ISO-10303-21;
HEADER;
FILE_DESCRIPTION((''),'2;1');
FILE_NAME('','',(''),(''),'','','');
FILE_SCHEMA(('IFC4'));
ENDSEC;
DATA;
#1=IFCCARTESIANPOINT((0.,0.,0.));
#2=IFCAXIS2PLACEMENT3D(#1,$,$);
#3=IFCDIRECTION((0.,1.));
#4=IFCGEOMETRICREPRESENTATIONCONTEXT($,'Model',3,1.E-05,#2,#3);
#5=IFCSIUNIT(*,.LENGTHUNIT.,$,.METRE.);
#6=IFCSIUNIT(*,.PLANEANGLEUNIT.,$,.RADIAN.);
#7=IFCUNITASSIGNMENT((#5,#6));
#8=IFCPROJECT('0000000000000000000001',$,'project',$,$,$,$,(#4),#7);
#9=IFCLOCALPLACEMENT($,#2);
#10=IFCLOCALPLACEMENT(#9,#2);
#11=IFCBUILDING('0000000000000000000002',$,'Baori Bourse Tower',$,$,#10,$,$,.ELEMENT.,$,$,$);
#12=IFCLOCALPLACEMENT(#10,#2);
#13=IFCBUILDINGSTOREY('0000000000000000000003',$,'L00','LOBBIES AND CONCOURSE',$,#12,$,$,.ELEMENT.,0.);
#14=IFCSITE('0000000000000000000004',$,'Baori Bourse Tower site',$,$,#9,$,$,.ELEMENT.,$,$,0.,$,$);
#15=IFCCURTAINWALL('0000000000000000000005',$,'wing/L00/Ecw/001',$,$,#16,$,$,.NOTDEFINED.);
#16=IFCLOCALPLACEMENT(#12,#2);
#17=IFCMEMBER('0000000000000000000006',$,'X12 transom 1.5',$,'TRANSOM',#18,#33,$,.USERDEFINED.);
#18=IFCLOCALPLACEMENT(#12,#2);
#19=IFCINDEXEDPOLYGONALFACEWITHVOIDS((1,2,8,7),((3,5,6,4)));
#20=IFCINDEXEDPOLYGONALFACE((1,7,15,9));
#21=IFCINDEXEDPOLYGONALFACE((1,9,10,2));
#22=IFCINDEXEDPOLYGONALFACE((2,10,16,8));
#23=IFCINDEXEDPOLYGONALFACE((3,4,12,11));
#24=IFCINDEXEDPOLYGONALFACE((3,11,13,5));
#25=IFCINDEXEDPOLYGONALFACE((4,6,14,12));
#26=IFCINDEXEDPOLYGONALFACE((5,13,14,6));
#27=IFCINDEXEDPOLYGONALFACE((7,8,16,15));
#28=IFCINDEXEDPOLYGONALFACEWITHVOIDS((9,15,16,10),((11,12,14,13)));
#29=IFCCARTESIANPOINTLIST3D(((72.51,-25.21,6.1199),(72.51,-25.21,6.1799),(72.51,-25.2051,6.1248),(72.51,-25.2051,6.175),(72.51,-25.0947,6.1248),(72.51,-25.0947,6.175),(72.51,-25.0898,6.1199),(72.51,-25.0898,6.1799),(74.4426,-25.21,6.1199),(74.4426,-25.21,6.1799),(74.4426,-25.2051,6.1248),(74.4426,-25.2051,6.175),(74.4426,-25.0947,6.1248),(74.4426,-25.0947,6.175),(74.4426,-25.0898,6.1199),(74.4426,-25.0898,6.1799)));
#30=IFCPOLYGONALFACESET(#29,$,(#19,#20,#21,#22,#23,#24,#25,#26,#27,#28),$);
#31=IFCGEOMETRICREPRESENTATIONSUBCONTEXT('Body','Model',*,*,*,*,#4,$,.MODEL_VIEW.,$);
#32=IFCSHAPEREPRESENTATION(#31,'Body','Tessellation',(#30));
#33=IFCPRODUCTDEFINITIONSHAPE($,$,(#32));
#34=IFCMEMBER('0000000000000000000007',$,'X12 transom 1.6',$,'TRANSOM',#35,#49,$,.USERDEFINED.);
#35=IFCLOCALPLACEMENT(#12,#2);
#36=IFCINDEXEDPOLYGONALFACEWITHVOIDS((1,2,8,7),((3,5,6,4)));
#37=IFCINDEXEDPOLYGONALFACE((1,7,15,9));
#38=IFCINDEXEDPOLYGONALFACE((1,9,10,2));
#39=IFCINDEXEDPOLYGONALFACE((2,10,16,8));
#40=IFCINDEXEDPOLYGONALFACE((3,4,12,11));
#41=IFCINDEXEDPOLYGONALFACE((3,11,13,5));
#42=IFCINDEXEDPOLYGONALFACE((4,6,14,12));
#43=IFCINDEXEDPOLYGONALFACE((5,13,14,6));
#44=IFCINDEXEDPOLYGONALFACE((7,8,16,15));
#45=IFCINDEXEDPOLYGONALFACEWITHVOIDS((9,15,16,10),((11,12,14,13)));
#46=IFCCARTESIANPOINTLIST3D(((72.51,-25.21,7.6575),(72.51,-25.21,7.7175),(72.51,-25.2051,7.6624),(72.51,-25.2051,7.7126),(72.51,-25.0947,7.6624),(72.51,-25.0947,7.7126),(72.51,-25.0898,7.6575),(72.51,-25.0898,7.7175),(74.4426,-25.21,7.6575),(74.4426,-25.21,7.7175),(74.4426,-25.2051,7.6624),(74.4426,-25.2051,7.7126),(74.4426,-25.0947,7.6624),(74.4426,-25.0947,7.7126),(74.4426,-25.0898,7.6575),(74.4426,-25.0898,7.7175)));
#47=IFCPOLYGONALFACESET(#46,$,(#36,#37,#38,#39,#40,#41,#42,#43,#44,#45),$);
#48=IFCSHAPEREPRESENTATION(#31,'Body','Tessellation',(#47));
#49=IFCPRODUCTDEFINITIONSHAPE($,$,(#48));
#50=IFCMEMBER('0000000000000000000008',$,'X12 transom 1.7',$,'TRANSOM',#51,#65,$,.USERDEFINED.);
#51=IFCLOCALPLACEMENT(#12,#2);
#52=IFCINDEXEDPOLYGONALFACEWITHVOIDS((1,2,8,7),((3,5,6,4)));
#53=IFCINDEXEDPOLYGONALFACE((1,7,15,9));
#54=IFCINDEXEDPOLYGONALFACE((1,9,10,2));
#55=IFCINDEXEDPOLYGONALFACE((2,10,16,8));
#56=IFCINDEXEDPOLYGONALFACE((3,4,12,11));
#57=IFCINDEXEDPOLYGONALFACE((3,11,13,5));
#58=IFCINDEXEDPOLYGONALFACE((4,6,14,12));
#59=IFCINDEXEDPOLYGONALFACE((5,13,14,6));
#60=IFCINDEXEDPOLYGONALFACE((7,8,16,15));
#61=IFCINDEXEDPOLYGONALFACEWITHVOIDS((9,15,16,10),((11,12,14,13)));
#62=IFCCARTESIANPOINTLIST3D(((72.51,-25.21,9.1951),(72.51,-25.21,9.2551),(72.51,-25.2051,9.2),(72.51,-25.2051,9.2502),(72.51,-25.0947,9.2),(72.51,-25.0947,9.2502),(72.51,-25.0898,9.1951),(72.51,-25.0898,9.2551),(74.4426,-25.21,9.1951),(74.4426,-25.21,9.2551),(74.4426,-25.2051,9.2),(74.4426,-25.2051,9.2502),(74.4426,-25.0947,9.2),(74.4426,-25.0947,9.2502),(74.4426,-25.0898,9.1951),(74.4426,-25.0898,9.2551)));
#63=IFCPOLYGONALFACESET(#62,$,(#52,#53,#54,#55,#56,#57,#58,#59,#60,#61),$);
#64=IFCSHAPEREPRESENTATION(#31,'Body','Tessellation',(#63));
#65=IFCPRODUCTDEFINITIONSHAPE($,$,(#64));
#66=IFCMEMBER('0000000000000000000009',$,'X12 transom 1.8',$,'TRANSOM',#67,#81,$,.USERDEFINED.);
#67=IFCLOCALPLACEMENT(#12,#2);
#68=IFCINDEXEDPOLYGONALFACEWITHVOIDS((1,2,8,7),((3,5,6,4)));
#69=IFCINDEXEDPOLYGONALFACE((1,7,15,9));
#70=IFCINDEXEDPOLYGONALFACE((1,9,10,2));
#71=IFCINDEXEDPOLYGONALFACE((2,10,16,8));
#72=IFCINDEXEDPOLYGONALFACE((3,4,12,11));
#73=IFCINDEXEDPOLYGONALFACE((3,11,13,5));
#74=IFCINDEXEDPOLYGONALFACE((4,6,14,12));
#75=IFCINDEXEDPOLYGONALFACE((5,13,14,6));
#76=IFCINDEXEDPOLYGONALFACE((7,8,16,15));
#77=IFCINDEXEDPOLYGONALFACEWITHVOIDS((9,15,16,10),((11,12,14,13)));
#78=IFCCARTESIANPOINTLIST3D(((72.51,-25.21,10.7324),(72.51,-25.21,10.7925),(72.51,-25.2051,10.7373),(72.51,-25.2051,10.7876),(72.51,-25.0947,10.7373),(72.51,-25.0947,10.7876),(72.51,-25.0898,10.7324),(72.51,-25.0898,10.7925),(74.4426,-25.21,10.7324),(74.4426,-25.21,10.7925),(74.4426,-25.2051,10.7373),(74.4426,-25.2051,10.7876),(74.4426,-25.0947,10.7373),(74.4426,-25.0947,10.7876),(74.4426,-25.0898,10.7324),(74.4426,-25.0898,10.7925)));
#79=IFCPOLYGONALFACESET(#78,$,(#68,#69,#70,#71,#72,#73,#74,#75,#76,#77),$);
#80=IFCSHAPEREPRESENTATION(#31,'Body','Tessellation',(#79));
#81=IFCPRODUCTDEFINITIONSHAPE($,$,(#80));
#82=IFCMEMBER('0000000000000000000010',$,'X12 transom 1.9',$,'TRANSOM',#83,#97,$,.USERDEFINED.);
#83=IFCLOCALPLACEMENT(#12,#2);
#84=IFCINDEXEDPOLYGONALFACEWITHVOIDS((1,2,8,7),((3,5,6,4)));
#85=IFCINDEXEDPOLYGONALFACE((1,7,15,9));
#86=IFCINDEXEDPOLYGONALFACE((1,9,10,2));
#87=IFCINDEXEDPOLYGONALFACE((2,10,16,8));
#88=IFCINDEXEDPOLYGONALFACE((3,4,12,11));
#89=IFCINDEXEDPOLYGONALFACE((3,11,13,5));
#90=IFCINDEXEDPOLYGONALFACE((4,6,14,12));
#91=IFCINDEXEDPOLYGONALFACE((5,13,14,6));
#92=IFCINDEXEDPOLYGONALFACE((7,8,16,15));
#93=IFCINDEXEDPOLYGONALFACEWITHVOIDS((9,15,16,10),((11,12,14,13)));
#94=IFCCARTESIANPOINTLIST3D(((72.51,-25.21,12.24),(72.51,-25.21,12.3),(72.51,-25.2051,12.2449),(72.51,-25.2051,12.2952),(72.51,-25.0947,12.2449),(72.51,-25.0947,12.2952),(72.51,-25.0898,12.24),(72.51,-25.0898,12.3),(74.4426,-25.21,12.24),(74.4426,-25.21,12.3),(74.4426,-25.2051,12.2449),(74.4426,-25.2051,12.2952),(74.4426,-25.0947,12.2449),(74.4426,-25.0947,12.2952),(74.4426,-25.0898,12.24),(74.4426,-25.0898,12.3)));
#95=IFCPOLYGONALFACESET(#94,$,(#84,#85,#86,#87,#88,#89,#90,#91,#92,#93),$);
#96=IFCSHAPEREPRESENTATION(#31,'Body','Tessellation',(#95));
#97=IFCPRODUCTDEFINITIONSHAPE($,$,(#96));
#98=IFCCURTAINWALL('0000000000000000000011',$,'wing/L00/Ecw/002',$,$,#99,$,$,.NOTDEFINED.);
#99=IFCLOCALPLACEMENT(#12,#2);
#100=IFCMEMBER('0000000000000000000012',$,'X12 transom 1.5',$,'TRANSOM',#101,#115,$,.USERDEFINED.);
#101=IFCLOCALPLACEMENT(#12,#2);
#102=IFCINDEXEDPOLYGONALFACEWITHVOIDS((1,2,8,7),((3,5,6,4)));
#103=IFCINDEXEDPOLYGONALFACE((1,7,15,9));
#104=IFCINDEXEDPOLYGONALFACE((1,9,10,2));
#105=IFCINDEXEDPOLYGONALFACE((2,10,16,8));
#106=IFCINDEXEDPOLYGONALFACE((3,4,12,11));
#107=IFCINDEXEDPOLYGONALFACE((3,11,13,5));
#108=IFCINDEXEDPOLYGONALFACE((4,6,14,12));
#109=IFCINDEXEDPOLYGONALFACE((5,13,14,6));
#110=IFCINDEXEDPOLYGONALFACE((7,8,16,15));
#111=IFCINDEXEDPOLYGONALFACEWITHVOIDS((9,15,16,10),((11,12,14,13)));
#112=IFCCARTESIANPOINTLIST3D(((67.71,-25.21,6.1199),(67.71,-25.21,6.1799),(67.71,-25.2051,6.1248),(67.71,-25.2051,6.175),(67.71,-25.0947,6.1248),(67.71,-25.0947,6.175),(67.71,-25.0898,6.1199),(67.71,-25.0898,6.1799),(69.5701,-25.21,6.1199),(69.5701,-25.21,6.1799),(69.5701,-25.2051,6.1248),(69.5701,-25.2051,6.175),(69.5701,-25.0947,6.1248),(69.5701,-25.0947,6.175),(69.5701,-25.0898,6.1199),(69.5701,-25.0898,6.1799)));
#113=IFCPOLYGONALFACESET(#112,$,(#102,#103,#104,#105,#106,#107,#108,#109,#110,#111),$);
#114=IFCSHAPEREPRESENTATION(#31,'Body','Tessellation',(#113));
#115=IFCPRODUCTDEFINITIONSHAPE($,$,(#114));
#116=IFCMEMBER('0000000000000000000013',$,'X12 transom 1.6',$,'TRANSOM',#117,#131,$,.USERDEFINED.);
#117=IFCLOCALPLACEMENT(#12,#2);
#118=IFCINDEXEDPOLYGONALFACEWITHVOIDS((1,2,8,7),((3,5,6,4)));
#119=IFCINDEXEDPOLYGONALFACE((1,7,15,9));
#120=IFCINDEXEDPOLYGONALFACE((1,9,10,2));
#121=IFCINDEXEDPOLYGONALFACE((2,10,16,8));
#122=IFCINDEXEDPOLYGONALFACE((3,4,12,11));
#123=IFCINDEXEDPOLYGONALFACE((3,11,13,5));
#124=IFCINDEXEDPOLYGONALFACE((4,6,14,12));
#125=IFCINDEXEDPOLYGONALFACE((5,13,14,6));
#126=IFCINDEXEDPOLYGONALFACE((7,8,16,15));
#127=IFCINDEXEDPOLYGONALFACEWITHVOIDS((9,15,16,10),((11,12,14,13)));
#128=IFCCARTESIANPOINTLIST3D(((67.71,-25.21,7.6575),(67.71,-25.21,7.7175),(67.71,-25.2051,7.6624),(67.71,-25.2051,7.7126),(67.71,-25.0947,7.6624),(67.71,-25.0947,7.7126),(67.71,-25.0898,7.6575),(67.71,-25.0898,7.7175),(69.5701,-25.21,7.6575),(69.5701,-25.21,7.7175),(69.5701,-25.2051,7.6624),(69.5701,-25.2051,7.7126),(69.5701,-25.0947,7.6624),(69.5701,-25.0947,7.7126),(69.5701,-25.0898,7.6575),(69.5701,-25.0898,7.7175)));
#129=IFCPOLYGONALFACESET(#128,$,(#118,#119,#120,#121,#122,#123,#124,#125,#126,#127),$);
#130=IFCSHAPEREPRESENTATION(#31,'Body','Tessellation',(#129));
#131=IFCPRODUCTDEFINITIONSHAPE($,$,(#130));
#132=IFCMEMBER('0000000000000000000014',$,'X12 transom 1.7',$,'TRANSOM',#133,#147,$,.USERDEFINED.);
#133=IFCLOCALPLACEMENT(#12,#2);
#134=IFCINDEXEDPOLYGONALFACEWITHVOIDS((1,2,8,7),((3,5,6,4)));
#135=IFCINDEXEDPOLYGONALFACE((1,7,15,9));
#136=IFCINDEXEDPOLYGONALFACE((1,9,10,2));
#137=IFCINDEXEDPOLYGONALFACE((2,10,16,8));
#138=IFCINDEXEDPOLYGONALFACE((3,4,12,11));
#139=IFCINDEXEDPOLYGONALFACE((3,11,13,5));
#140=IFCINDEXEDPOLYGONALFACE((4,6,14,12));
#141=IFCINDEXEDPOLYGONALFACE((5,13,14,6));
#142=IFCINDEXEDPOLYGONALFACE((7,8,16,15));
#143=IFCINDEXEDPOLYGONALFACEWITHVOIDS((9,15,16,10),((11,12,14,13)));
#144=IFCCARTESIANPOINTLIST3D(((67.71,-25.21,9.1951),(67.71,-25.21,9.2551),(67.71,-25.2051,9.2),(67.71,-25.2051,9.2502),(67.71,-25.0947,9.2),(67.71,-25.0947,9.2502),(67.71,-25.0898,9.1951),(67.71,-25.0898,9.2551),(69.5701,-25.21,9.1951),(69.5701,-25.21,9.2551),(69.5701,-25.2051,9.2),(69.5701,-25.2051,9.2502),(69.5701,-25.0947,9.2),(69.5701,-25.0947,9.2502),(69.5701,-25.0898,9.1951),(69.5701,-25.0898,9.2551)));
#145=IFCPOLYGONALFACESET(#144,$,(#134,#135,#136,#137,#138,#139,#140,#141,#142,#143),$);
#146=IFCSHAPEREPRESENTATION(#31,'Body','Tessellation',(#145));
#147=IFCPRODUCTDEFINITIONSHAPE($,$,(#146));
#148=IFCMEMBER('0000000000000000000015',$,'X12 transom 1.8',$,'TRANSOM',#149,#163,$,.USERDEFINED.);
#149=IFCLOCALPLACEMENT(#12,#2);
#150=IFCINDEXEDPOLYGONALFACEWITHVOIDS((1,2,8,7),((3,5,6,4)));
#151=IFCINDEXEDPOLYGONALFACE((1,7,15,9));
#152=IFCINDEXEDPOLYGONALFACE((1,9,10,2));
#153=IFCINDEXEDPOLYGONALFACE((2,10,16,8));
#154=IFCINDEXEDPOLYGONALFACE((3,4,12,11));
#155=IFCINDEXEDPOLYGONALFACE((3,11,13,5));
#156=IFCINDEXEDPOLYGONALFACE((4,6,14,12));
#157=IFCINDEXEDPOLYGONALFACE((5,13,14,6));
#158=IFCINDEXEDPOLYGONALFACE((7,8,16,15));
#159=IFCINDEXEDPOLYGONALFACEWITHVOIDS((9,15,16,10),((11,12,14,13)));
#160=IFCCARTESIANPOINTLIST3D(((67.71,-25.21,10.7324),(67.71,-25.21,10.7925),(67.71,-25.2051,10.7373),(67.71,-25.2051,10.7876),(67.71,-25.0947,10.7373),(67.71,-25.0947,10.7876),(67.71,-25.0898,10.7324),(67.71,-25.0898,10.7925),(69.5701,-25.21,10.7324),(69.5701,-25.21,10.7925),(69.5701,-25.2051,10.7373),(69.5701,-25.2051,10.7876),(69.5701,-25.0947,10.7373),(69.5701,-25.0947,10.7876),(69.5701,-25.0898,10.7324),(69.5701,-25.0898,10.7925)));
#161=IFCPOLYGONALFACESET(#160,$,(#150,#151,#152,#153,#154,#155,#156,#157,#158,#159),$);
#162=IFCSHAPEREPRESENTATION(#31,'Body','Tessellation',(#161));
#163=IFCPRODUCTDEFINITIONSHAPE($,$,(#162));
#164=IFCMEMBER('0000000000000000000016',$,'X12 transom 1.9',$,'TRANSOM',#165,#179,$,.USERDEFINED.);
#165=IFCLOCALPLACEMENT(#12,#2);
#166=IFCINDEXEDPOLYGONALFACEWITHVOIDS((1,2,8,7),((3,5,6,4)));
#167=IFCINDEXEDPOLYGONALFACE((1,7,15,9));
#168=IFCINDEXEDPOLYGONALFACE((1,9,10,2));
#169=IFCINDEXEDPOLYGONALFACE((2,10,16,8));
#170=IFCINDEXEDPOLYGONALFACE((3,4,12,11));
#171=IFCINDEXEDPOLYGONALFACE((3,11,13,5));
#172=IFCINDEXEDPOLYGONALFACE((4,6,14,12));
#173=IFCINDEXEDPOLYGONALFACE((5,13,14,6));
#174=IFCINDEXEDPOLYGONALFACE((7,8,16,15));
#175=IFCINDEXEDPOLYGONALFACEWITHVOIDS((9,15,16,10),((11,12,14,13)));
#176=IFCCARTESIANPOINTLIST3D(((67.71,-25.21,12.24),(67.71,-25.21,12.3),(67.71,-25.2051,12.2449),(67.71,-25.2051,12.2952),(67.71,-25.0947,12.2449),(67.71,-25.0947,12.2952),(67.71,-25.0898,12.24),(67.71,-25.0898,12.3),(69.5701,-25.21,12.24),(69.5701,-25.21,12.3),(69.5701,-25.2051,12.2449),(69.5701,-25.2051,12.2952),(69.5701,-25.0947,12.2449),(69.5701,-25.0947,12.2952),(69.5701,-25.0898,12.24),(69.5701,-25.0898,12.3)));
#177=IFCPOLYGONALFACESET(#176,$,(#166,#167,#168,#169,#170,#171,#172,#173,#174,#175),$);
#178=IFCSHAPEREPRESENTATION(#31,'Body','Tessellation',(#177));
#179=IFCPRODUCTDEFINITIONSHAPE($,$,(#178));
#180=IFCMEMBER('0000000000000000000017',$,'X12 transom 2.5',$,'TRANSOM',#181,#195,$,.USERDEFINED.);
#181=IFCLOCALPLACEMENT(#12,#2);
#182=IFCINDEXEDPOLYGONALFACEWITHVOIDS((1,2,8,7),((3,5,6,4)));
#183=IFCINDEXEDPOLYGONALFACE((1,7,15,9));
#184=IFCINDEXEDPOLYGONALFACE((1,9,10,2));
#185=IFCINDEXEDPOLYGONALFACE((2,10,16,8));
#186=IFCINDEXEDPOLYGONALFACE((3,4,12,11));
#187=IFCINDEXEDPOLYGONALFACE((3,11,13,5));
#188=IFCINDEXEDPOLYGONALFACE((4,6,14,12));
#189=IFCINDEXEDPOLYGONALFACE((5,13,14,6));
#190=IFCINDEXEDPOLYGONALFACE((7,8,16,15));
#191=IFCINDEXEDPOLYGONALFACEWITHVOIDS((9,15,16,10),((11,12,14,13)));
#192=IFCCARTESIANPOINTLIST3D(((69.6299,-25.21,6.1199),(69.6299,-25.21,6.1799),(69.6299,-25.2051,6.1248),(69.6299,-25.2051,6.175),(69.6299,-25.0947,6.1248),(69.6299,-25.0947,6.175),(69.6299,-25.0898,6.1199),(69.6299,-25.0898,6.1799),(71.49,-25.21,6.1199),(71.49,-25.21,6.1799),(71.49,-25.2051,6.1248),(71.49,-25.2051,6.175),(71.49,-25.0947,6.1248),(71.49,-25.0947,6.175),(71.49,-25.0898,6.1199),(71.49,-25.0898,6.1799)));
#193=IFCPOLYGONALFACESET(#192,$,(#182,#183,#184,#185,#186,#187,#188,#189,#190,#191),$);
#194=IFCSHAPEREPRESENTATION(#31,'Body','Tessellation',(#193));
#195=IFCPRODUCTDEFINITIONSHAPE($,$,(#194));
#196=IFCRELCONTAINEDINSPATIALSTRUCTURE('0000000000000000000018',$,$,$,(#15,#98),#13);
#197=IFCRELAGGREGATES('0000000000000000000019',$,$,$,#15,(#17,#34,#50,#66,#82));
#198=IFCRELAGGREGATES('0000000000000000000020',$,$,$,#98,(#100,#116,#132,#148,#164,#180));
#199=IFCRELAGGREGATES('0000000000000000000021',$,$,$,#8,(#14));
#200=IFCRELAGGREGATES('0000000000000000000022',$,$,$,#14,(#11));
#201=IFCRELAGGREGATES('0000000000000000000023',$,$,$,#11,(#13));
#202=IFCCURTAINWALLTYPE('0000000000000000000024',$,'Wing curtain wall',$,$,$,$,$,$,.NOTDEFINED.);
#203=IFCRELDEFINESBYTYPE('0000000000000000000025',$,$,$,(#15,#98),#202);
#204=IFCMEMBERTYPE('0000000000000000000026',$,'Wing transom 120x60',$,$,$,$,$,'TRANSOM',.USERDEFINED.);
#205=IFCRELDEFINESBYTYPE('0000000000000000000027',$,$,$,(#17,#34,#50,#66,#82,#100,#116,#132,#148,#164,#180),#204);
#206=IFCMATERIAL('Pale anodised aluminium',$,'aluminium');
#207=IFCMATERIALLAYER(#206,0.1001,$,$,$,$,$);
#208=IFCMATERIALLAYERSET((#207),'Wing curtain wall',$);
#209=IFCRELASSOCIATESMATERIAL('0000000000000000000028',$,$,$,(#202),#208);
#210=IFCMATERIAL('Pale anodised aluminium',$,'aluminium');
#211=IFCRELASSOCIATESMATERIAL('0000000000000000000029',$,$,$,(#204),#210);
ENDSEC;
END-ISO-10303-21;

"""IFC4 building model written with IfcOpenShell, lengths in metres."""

from ifc_helpers import new_model, si_unit, direction, frame, origin, origin_2d, place, context, subcontext, project, spatial, hollow_rectangle, extrude, material, layer, layer_set, material_profile, profile_set, type_object, element, aggregate, save


model = new_model("IFC4")

# Units and contexts
model_context = context("Model", 3, precision=1e-05, world=origin(), true_north=direction((0.0, 1.0)))
body_context = subcontext(model_context, "Body", "Model", "MODEL_VIEW")
ifc_project = project(units=[si_unit("LENGTHUNIT", "METRE"), si_unit("PLANEANGLEUNIT", "RADIAN")], contexts=[model_context])

# Site, building, storey
site_placement = place(None, origin())
site = spatial("IfcSite", under=ifc_project, at=site_placement, Name="Baori Bourse Tower site", CompositionType="ELEMENT", RefElevation=0.0)
building_placement = place(site_placement, origin())
building = spatial("IfcBuilding", under=site, at=building_placement, Name="Baori Bourse Tower", CompositionType="ELEMENT")
storey_placement = place(building_placement, origin())
storey = spatial("IfcBuildingStorey", under=building, at=storey_placement, Name="L00", Description="LOBBIES AND CONCOURSE", CompositionType="ELEMENT", Elevation=0.0)

# Curtain walls, members
ifc_material_1 = material(Name="Pale anodised aluminium", Category="aluminium")
ifc_layer_1 = layer(ifc_material_1, 0.1001)
ifc_layer_set_1 = layer_set([ifc_layer_1], Name="Wing curtain wall")
curtain_wall_type = type_object("IfcCurtainWallType", Name="Wing curtain wall", PredefinedType="NOTDEFINED", material=ifc_layer_set_1)
curtain_wall_1_placement = place(storey_placement, origin())
curtain_wall_1 = element("IfcCurtainWall", 1, at=curtain_wall_1_placement, inside=storey, type_object=curtain_wall_type, Name="wing/L00/Ecw/001", PredefinedType="NOTDEFINED")
ifc_material_2 = material(Name="Pale anodised aluminium", Category="aluminium")
ifc_material_profile = material_profile(ifc_material_2, hollow_rectangle(XDim=0.1201, YDim=0.0601, WallThickness=0.0049, at=origin_2d()), Name="Transom 120x60x5")
ifc_profile_set = profile_set([ifc_material_profile], Name="Pale anodised aluminium")
member_type = type_object("IfcMemberType", Name="Wing transom 120x60", ElementType="TRANSOM", PredefinedType="USERDEFINED", material=ifc_profile_set)
member_1_placement = place(storey_placement, frame((72.51, -25.1499, 6.1499), z_axis=(1.0, 0.0, 0.0), x_axis=(0.0, 1.0, 0.0)))
member_1 = element("IfcMember", 2, at=member_1_placement, type_object=member_type, Name="X12 transom 1.5", ObjectType="TRANSOM", PredefinedType="USERDEFINED", context=body_context, shape_type="SweptSolid", body=[
    extrude(hollow_rectangle(XDim=0.1201, YDim=0.0601, WallThickness=0.0049, at=origin_2d()), origin(), (0.0, 0.0, 1.0), 1.9326),
])
member_2_placement = place(storey_placement, frame((72.51, -25.1499, 7.6875), z_axis=(1.0, 0.0, 0.0), x_axis=(0.0, 1.0, 0.0)))
member_2 = element("IfcMember", 3, at=member_2_placement, type_object=member_type, Name="X12 transom 1.6", ObjectType="TRANSOM", PredefinedType="USERDEFINED", context=body_context, shape_type="SweptSolid", body=[
    extrude(hollow_rectangle(XDim=0.1201, YDim=0.0601, WallThickness=0.0049, at=origin_2d()), origin(), (0.0, 0.0, 1.0), 1.9326),
])
member_3_placement = place(storey_placement, frame((72.51, -25.1499, 9.2251), z_axis=(1.0, 0.0, 0.0), x_axis=(0.0, 1.0, 0.0)))
member_3 = element("IfcMember", 4, at=member_3_placement, type_object=member_type, Name="X12 transom 1.7", ObjectType="TRANSOM", PredefinedType="USERDEFINED", context=body_context, shape_type="SweptSolid", body=[
    extrude(hollow_rectangle(XDim=0.1201, YDim=0.0601, WallThickness=0.0049, at=origin_2d()), origin(), (0.0, 0.0, 1.0), 1.9326),
])
member_4_placement = place(storey_placement, frame((72.51, -25.1499, 10.7625), z_axis=(1.0, 0.0, 0.0), x_axis=(0.0, 1.0, 0.0)))
member_4 = element("IfcMember", 5, at=member_4_placement, type_object=member_type, Name="X12 transom 1.8", ObjectType="TRANSOM", PredefinedType="USERDEFINED", context=body_context, shape_type="SweptSolid", body=[
    extrude(hollow_rectangle(XDim=0.1201, YDim=0.0601, WallThickness=0.0049, at=origin_2d()), origin(), (0.0, 0.0, 1.0), 1.9326),
])
member_5_placement = place(storey_placement, frame((72.51, -25.1499, 12.27), z_axis=(1.0, 0.0, 0.0), x_axis=(0.0, 1.0, 0.0)))
member_5 = element("IfcMember", 6, at=member_5_placement, type_object=member_type, Name="X12 transom 1.9", ObjectType="TRANSOM", PredefinedType="USERDEFINED", context=body_context, shape_type="SweptSolid", body=[
    extrude(hollow_rectangle(XDim=0.1201, YDim=0.0601, WallThickness=0.0049, at=origin_2d()), origin(), (0.0, 0.0, 1.0), 1.9326),
])
curtain_wall_2_placement = place(storey_placement, origin())
curtain_wall_2 = element("IfcCurtainWall", 7, at=curtain_wall_2_placement, inside=storey, type_object=curtain_wall_type, Name="wing/L00/Ecw/002", PredefinedType="NOTDEFINED")
member_6_placement = place(storey_placement, frame((67.71, -25.1499, 6.1499), z_axis=(1.0, 0.0, 0.0), x_axis=(0.0, 1.0, 0.0)))
member_6 = element("IfcMember", 8, at=member_6_placement, type_object=member_type, Name="X12 transom 1.5", ObjectType="TRANSOM", PredefinedType="USERDEFINED", context=body_context, shape_type="SweptSolid", body=[
    extrude(hollow_rectangle(XDim=0.1201, YDim=0.0601, WallThickness=0.0049, at=origin_2d()), origin(), (0.0, 0.0, 1.0), 1.8601),
])
member_7_placement = place(storey_placement, frame((67.71, -25.1499, 7.6875), z_axis=(1.0, 0.0, 0.0), x_axis=(0.0, 1.0, 0.0)))
member_7 = element("IfcMember", 9, at=member_7_placement, type_object=member_type, Name="X12 transom 1.6", ObjectType="TRANSOM", PredefinedType="USERDEFINED", context=body_context, shape_type="SweptSolid", body=[
    extrude(hollow_rectangle(XDim=0.1201, YDim=0.0601, WallThickness=0.0049, at=origin_2d()), origin(), (0.0, 0.0, 1.0), 1.8601),
])
member_8_placement = place(storey_placement, frame((67.71, -25.1499, 9.2251), z_axis=(1.0, 0.0, 0.0), x_axis=(0.0, 1.0, 0.0)))
member_8 = element("IfcMember", 10, at=member_8_placement, type_object=member_type, Name="X12 transom 1.7", ObjectType="TRANSOM", PredefinedType="USERDEFINED", context=body_context, shape_type="SweptSolid", body=[
    extrude(hollow_rectangle(XDim=0.1201, YDim=0.0601, WallThickness=0.0049, at=origin_2d()), origin(), (0.0, 0.0, 1.0), 1.8601),
])
member_9_placement = place(storey_placement, frame((67.71, -25.1499, 10.7625), z_axis=(1.0, 0.0, 0.0), x_axis=(0.0, 1.0, 0.0)))
member_9 = element("IfcMember", 11, at=member_9_placement, type_object=member_type, Name="X12 transom 1.8", ObjectType="TRANSOM", PredefinedType="USERDEFINED", context=body_context, shape_type="SweptSolid", body=[
    extrude(hollow_rectangle(XDim=0.1201, YDim=0.0601, WallThickness=0.0049, at=origin_2d()), origin(), (0.0, 0.0, 1.0), 1.8601),
])
member_10_placement = place(storey_placement, frame((67.71, -25.1499, 12.27), z_axis=(1.0, 0.0, 0.0), x_axis=(0.0, 1.0, 0.0)))
member_10 = element("IfcMember", 12, at=member_10_placement, type_object=member_type, Name="X12 transom 1.9", ObjectType="TRANSOM", PredefinedType="USERDEFINED", context=body_context, shape_type="SweptSolid", body=[
    extrude(hollow_rectangle(XDim=0.1201, YDim=0.0601, WallThickness=0.0049, at=origin_2d()), origin(), (0.0, 0.0, 1.0), 1.8601),
])
member_11_placement = place(storey_placement, frame((69.6299, -25.1499, 6.1499), z_axis=(1.0, 0.0, 0.0), x_axis=(0.0, 1.0, 0.0)))
member_11 = element("IfcMember", 13, at=member_11_placement, type_object=member_type, Name="X12 transom 2.5", ObjectType="TRANSOM", PredefinedType="USERDEFINED", context=body_context, shape_type="SweptSolid", body=[
    extrude(hollow_rectangle(XDim=0.1201, YDim=0.0601, WallThickness=0.0049, at=origin_2d()), origin(), (0.0, 0.0, 1.0), 1.8601),
])

aggregate(curtain_wall_1, [member_1, member_2, member_3, member_4, member_5])
aggregate(curtain_wall_2, [member_6, member_7, member_8, member_9, member_10, member_11])

save(model, "model.ifc")
